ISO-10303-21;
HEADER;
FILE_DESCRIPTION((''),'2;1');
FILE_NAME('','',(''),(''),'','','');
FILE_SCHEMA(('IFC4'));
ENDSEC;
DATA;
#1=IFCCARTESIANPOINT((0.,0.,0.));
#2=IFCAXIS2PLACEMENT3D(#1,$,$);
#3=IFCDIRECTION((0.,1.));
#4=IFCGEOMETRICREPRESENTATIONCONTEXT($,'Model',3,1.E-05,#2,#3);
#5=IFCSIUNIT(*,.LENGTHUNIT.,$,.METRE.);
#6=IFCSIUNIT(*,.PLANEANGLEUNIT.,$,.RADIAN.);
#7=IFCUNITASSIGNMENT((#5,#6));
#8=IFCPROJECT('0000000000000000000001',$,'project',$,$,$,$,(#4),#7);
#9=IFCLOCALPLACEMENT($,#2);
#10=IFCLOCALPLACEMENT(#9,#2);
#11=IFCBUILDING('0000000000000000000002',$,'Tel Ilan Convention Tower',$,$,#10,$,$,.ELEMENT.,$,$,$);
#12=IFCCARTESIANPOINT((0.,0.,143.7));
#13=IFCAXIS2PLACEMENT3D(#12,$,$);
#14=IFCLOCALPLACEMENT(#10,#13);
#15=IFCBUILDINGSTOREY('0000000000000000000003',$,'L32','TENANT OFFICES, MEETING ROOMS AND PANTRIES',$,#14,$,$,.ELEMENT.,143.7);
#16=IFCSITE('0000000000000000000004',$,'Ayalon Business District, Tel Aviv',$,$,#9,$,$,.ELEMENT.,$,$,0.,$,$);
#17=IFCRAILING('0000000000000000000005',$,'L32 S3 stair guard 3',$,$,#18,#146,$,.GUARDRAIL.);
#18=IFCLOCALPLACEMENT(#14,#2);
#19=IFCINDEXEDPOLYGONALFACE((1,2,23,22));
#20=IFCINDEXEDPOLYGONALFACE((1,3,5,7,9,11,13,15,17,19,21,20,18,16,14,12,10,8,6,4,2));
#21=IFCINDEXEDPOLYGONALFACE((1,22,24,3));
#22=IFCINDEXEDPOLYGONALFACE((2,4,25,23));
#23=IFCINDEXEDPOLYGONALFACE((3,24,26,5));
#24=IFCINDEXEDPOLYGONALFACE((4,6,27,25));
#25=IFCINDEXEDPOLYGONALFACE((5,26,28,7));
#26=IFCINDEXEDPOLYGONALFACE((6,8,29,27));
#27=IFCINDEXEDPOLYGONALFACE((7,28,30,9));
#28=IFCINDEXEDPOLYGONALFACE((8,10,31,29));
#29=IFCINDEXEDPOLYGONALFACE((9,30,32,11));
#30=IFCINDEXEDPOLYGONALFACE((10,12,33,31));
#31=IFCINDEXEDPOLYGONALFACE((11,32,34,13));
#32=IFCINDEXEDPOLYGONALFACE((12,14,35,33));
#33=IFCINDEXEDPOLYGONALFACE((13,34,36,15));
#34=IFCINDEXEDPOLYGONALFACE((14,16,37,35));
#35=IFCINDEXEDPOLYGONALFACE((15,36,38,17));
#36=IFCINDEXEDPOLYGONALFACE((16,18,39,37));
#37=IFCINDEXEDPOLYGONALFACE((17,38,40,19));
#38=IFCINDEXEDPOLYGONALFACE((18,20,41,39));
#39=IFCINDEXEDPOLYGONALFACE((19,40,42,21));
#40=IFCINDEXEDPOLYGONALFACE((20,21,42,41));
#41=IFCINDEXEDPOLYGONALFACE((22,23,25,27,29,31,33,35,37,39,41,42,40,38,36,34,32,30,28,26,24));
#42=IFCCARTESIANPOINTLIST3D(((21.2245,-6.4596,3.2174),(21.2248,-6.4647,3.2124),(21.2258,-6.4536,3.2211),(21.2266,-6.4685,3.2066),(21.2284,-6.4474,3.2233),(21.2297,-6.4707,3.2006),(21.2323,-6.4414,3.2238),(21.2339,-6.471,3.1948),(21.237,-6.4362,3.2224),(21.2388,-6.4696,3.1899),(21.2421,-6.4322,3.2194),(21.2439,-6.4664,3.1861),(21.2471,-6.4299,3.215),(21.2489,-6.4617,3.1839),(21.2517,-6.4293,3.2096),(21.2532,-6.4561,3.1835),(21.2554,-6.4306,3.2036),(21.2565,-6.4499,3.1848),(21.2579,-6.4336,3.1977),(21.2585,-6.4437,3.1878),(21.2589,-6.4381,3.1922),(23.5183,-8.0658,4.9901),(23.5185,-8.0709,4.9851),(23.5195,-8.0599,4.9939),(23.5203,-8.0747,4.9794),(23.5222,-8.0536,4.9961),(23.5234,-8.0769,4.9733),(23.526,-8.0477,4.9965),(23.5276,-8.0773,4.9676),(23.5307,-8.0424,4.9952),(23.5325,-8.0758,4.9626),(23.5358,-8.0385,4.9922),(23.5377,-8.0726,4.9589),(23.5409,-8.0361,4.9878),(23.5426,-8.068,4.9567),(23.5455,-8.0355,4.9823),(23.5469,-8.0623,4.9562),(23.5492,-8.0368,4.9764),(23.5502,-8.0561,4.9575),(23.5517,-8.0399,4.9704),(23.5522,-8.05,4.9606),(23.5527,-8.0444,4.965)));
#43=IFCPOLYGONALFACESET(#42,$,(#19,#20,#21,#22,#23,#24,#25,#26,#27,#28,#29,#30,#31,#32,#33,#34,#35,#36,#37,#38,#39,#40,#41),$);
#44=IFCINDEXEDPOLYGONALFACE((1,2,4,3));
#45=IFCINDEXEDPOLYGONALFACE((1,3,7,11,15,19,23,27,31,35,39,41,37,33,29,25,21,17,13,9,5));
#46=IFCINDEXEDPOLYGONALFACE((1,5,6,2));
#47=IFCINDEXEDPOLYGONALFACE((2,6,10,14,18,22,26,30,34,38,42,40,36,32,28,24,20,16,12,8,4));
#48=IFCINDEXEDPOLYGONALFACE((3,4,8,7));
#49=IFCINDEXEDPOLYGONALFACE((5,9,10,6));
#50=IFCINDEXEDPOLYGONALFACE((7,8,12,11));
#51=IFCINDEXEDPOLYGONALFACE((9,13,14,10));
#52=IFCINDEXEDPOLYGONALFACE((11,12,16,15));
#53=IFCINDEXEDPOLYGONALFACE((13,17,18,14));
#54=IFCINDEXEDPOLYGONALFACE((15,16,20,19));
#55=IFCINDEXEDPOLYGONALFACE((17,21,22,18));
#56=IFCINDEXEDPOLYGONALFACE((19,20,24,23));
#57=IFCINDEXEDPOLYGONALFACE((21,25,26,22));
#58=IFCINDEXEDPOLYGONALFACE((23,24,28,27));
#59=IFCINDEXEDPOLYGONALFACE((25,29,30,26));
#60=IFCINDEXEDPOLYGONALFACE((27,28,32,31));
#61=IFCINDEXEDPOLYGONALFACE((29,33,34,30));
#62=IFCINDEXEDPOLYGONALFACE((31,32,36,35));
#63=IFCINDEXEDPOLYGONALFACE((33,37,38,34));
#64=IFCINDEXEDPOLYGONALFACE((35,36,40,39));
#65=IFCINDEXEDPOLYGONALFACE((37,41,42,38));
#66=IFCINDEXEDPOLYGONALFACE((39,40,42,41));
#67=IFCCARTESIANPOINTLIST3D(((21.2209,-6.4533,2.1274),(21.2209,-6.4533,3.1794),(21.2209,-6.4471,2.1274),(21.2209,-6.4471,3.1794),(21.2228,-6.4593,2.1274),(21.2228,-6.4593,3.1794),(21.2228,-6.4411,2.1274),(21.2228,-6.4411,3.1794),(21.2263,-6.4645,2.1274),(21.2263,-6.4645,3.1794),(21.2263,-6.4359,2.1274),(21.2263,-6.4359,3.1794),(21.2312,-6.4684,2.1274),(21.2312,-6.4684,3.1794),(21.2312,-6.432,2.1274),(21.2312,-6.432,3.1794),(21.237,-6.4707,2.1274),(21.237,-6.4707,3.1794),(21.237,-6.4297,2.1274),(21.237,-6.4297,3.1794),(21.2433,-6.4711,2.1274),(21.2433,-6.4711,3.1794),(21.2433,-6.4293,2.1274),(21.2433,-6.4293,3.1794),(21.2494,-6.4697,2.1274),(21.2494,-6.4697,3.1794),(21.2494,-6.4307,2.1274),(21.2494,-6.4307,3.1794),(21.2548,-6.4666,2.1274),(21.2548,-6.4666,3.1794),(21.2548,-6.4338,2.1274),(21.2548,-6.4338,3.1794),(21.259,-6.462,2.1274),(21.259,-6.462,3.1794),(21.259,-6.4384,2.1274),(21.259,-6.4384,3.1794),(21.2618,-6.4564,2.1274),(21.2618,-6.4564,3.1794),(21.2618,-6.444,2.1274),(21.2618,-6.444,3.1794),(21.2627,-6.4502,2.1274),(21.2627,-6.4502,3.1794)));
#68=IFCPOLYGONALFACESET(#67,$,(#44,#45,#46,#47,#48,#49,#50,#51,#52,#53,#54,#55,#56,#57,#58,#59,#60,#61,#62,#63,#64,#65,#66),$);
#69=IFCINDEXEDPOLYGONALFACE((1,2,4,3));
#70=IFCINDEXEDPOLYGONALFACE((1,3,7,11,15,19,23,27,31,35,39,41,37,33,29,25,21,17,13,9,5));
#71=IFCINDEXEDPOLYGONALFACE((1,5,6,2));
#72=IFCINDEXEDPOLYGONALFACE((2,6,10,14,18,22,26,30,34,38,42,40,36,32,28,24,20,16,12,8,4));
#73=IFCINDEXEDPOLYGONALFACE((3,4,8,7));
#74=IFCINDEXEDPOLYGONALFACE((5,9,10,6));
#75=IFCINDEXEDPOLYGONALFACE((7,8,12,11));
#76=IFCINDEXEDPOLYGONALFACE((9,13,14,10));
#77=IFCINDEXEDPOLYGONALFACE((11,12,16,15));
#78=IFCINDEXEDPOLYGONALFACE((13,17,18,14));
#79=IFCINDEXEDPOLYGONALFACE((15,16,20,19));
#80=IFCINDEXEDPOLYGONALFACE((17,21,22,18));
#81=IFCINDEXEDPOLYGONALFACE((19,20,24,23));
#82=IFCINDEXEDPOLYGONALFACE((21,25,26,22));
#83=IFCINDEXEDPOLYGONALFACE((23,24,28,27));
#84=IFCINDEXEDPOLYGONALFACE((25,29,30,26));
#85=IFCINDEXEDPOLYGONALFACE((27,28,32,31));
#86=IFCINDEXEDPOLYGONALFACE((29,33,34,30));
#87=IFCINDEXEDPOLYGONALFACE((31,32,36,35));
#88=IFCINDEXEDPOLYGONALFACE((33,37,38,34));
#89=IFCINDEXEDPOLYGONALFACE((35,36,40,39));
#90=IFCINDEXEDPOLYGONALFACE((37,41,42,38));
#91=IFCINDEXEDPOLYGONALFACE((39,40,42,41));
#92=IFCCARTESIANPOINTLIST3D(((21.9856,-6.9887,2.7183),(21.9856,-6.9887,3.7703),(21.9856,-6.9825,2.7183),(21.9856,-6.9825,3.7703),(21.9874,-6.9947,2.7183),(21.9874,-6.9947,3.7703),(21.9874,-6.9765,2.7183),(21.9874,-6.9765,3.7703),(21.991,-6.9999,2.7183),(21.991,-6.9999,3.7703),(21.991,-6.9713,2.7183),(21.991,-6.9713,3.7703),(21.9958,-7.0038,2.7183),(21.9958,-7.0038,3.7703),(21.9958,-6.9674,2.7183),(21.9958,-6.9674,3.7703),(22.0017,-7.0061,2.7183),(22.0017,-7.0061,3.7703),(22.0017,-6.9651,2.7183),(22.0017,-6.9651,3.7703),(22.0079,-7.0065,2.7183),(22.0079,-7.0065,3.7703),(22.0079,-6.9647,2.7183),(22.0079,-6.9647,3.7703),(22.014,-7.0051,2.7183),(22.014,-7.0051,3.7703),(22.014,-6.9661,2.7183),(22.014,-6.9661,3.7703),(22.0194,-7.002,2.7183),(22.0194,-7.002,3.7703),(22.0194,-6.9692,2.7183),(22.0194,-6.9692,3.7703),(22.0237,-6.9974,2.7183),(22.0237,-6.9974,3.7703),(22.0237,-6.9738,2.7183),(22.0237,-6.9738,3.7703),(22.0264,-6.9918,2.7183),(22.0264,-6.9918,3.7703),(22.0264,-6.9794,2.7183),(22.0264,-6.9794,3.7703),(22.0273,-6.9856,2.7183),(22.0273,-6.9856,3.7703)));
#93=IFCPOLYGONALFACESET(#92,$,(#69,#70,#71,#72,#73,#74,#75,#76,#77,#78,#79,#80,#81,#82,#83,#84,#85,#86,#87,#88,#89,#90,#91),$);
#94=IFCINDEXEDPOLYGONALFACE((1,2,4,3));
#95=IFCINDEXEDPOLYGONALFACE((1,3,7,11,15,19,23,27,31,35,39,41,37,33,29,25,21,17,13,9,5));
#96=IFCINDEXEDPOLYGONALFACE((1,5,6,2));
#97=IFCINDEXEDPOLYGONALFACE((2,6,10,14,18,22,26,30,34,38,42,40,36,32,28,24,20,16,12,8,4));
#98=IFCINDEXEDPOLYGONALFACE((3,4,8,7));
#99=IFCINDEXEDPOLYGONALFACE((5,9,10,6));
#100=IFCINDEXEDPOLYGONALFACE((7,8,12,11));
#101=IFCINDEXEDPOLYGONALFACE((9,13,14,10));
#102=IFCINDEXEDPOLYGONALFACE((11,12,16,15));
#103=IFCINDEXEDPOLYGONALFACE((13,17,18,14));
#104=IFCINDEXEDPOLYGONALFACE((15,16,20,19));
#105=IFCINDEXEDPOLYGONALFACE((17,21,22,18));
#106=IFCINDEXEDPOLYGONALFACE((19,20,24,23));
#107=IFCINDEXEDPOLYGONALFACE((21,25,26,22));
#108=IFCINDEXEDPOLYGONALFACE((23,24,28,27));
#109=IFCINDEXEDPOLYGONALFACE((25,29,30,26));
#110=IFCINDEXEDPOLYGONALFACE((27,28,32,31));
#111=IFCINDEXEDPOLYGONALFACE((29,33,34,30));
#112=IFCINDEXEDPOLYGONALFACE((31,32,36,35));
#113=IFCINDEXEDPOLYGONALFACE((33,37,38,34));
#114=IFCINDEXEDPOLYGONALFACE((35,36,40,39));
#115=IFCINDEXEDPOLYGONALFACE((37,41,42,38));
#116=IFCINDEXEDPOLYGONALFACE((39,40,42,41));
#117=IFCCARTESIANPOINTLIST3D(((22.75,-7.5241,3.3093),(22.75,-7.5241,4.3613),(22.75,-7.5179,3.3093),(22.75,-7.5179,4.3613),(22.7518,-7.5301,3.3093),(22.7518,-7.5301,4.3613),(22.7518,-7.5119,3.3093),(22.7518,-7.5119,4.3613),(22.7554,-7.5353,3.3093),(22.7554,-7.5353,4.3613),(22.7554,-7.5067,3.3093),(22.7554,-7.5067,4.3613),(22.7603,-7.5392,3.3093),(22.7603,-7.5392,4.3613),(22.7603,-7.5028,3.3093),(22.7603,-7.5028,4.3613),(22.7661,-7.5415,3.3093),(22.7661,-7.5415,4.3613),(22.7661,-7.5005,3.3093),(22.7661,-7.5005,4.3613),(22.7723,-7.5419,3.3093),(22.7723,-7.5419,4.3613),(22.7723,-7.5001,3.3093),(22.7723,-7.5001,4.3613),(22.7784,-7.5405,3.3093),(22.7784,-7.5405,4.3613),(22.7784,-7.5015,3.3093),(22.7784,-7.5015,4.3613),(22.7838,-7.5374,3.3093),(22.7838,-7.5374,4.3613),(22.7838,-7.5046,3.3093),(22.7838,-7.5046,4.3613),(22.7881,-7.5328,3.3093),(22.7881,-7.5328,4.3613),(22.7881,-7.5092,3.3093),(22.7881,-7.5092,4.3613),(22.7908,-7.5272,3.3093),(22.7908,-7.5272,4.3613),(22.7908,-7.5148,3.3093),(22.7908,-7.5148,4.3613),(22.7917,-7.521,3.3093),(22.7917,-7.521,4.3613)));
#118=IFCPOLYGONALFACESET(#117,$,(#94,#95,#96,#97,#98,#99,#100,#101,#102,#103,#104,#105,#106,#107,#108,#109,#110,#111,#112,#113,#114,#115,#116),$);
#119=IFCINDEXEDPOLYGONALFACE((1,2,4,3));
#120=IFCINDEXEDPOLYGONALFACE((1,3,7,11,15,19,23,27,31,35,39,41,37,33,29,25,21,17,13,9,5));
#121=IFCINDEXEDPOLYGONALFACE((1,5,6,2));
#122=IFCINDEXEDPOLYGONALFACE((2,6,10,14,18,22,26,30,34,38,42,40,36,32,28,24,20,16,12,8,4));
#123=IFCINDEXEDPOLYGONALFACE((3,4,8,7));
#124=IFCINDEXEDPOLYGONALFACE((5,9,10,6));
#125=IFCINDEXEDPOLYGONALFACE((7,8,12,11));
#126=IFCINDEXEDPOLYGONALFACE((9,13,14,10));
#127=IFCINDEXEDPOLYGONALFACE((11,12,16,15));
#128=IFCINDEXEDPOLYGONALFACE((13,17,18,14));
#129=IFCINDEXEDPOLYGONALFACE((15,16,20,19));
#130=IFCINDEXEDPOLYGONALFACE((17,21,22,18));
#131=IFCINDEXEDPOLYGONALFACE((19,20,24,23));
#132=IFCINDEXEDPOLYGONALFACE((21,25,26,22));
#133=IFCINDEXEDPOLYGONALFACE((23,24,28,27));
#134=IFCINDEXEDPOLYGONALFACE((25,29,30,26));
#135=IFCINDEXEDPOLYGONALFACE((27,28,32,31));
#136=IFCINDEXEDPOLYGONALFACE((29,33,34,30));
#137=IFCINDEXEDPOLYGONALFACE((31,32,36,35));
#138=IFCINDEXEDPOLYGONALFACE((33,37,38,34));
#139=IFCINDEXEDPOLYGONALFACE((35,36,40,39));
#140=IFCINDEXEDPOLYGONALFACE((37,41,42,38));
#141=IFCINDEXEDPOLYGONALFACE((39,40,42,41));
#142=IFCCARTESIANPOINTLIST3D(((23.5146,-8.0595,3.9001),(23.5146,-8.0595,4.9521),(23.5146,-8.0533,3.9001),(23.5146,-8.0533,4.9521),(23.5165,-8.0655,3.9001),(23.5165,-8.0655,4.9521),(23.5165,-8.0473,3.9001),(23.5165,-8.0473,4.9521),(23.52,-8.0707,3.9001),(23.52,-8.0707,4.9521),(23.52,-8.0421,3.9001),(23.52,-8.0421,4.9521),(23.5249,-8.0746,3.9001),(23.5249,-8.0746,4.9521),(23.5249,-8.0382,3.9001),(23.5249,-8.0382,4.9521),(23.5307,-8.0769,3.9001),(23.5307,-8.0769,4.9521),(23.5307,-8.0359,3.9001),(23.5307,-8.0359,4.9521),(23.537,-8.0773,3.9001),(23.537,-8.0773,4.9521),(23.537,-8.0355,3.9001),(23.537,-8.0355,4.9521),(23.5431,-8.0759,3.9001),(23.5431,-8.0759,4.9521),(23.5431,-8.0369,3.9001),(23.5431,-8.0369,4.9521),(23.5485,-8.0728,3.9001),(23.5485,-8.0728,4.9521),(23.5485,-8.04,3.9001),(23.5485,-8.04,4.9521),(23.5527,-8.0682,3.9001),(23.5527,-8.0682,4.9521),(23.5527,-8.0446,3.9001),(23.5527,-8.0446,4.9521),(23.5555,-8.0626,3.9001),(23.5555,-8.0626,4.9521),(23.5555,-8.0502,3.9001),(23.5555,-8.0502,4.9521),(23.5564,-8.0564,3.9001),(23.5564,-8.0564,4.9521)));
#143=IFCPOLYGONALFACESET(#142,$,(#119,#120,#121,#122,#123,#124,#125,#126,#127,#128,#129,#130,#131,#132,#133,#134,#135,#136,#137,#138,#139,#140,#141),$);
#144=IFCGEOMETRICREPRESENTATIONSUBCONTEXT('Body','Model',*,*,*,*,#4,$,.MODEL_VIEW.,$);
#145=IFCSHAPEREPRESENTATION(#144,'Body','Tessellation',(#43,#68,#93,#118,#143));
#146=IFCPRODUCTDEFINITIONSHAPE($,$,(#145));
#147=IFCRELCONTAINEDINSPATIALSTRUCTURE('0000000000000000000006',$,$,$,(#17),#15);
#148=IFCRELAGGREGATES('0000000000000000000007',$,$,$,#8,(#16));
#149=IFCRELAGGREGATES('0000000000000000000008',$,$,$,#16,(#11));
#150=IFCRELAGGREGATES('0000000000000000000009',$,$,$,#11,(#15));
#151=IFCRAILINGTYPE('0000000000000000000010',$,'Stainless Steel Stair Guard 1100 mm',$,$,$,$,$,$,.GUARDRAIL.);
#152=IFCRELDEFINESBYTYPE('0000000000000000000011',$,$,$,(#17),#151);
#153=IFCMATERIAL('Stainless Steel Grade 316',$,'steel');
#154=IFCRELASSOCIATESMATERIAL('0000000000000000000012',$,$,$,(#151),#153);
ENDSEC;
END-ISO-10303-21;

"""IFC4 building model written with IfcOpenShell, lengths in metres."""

from ifc_helpers import new_model, si_unit, direction, frame, origin, origin_2d, place, context, subcontext, project, spatial, circle, extrude, material, type_object, element, save


model = new_model("IFC4")

# Units and contexts
model_context = context("Model", 3, precision=1e-05, world=origin(), true_north=direction((0.0, 1.0)))
body_context = subcontext(model_context, "Body", "Model", "MODEL_VIEW")
ifc_project = project(units=[si_unit("LENGTHUNIT", "METRE"), si_unit("PLANEANGLEUNIT", "RADIAN")], contexts=[model_context])

# Site, building, storey
site_placement = place(None, origin())
site = spatial("IfcSite", under=ifc_project, at=site_placement, Name="Ayalon Business District, Tel Aviv", CompositionType="ELEMENT", RefElevation=0.0)
building_placement = place(site_placement, origin())
building = spatial("IfcBuilding", under=site, at=building_placement, Name="Tel Ilan Convention Tower", CompositionType="ELEMENT")
storey_placement = place(building_placement, frame((0.0, 0.0, 143.7)))
storey = spatial("IfcBuildingStorey", under=building, at=storey_placement, Name="L32", Description="TENANT OFFICES, MEETING ROOMS AND PANTRIES", CompositionType="ELEMENT", Elevation=143.7)

# Railing
ifc_material_1 = material(Name="Stainless Steel Grade 316", Category="steel")
railing_type_1 = type_object("IfcRailingType", Name="Stainless Steel Stair Guard 1100 mm", PredefinedType="GUARDRAIL", material=ifc_material_1)
railing_1_placement = place(storey_placement, frame((21.2417, -6.4502, 2.1274)))
element("IfcRailing", 1, at=railing_1_placement, inside=storey, type_object=railing_type_1, Name="L32 S3 stair guard 3", PredefinedType="GUARDRAIL", context=body_context, shape_type="SweptSolid", body=[
    extrude(circle(Radius=0.0239, at=origin_2d()), frame((0.0, 0.0, 1.0762), z_axis=(0.692098, -0.484653, 0.534894), x_axis=(0.573609, 0.81913, 0.0)), (0.0, 0.0, 1.0), 3.3142),
    extrude(circle(Radius=0.021, at=origin_2d()), origin(), (0.0, 0.0, 1.0), 1.052),
    extrude(circle(Radius=0.021, at=origin_2d()), frame((0.7646, -0.5354, 0.5908)), (0.0, 0.0, 1.0), 1.052),
    extrude(circle(Radius=0.021, at=origin_2d()), frame((1.5291, -1.0708, 1.1819)), (0.0, 0.0, 1.0), 1.052),
    extrude(circle(Radius=0.021, at=origin_2d()), frame((2.2937, -1.6062, 1.7727)), (0.0, 0.0, 1.0), 1.052),
])

save(model, "model.ifc")
